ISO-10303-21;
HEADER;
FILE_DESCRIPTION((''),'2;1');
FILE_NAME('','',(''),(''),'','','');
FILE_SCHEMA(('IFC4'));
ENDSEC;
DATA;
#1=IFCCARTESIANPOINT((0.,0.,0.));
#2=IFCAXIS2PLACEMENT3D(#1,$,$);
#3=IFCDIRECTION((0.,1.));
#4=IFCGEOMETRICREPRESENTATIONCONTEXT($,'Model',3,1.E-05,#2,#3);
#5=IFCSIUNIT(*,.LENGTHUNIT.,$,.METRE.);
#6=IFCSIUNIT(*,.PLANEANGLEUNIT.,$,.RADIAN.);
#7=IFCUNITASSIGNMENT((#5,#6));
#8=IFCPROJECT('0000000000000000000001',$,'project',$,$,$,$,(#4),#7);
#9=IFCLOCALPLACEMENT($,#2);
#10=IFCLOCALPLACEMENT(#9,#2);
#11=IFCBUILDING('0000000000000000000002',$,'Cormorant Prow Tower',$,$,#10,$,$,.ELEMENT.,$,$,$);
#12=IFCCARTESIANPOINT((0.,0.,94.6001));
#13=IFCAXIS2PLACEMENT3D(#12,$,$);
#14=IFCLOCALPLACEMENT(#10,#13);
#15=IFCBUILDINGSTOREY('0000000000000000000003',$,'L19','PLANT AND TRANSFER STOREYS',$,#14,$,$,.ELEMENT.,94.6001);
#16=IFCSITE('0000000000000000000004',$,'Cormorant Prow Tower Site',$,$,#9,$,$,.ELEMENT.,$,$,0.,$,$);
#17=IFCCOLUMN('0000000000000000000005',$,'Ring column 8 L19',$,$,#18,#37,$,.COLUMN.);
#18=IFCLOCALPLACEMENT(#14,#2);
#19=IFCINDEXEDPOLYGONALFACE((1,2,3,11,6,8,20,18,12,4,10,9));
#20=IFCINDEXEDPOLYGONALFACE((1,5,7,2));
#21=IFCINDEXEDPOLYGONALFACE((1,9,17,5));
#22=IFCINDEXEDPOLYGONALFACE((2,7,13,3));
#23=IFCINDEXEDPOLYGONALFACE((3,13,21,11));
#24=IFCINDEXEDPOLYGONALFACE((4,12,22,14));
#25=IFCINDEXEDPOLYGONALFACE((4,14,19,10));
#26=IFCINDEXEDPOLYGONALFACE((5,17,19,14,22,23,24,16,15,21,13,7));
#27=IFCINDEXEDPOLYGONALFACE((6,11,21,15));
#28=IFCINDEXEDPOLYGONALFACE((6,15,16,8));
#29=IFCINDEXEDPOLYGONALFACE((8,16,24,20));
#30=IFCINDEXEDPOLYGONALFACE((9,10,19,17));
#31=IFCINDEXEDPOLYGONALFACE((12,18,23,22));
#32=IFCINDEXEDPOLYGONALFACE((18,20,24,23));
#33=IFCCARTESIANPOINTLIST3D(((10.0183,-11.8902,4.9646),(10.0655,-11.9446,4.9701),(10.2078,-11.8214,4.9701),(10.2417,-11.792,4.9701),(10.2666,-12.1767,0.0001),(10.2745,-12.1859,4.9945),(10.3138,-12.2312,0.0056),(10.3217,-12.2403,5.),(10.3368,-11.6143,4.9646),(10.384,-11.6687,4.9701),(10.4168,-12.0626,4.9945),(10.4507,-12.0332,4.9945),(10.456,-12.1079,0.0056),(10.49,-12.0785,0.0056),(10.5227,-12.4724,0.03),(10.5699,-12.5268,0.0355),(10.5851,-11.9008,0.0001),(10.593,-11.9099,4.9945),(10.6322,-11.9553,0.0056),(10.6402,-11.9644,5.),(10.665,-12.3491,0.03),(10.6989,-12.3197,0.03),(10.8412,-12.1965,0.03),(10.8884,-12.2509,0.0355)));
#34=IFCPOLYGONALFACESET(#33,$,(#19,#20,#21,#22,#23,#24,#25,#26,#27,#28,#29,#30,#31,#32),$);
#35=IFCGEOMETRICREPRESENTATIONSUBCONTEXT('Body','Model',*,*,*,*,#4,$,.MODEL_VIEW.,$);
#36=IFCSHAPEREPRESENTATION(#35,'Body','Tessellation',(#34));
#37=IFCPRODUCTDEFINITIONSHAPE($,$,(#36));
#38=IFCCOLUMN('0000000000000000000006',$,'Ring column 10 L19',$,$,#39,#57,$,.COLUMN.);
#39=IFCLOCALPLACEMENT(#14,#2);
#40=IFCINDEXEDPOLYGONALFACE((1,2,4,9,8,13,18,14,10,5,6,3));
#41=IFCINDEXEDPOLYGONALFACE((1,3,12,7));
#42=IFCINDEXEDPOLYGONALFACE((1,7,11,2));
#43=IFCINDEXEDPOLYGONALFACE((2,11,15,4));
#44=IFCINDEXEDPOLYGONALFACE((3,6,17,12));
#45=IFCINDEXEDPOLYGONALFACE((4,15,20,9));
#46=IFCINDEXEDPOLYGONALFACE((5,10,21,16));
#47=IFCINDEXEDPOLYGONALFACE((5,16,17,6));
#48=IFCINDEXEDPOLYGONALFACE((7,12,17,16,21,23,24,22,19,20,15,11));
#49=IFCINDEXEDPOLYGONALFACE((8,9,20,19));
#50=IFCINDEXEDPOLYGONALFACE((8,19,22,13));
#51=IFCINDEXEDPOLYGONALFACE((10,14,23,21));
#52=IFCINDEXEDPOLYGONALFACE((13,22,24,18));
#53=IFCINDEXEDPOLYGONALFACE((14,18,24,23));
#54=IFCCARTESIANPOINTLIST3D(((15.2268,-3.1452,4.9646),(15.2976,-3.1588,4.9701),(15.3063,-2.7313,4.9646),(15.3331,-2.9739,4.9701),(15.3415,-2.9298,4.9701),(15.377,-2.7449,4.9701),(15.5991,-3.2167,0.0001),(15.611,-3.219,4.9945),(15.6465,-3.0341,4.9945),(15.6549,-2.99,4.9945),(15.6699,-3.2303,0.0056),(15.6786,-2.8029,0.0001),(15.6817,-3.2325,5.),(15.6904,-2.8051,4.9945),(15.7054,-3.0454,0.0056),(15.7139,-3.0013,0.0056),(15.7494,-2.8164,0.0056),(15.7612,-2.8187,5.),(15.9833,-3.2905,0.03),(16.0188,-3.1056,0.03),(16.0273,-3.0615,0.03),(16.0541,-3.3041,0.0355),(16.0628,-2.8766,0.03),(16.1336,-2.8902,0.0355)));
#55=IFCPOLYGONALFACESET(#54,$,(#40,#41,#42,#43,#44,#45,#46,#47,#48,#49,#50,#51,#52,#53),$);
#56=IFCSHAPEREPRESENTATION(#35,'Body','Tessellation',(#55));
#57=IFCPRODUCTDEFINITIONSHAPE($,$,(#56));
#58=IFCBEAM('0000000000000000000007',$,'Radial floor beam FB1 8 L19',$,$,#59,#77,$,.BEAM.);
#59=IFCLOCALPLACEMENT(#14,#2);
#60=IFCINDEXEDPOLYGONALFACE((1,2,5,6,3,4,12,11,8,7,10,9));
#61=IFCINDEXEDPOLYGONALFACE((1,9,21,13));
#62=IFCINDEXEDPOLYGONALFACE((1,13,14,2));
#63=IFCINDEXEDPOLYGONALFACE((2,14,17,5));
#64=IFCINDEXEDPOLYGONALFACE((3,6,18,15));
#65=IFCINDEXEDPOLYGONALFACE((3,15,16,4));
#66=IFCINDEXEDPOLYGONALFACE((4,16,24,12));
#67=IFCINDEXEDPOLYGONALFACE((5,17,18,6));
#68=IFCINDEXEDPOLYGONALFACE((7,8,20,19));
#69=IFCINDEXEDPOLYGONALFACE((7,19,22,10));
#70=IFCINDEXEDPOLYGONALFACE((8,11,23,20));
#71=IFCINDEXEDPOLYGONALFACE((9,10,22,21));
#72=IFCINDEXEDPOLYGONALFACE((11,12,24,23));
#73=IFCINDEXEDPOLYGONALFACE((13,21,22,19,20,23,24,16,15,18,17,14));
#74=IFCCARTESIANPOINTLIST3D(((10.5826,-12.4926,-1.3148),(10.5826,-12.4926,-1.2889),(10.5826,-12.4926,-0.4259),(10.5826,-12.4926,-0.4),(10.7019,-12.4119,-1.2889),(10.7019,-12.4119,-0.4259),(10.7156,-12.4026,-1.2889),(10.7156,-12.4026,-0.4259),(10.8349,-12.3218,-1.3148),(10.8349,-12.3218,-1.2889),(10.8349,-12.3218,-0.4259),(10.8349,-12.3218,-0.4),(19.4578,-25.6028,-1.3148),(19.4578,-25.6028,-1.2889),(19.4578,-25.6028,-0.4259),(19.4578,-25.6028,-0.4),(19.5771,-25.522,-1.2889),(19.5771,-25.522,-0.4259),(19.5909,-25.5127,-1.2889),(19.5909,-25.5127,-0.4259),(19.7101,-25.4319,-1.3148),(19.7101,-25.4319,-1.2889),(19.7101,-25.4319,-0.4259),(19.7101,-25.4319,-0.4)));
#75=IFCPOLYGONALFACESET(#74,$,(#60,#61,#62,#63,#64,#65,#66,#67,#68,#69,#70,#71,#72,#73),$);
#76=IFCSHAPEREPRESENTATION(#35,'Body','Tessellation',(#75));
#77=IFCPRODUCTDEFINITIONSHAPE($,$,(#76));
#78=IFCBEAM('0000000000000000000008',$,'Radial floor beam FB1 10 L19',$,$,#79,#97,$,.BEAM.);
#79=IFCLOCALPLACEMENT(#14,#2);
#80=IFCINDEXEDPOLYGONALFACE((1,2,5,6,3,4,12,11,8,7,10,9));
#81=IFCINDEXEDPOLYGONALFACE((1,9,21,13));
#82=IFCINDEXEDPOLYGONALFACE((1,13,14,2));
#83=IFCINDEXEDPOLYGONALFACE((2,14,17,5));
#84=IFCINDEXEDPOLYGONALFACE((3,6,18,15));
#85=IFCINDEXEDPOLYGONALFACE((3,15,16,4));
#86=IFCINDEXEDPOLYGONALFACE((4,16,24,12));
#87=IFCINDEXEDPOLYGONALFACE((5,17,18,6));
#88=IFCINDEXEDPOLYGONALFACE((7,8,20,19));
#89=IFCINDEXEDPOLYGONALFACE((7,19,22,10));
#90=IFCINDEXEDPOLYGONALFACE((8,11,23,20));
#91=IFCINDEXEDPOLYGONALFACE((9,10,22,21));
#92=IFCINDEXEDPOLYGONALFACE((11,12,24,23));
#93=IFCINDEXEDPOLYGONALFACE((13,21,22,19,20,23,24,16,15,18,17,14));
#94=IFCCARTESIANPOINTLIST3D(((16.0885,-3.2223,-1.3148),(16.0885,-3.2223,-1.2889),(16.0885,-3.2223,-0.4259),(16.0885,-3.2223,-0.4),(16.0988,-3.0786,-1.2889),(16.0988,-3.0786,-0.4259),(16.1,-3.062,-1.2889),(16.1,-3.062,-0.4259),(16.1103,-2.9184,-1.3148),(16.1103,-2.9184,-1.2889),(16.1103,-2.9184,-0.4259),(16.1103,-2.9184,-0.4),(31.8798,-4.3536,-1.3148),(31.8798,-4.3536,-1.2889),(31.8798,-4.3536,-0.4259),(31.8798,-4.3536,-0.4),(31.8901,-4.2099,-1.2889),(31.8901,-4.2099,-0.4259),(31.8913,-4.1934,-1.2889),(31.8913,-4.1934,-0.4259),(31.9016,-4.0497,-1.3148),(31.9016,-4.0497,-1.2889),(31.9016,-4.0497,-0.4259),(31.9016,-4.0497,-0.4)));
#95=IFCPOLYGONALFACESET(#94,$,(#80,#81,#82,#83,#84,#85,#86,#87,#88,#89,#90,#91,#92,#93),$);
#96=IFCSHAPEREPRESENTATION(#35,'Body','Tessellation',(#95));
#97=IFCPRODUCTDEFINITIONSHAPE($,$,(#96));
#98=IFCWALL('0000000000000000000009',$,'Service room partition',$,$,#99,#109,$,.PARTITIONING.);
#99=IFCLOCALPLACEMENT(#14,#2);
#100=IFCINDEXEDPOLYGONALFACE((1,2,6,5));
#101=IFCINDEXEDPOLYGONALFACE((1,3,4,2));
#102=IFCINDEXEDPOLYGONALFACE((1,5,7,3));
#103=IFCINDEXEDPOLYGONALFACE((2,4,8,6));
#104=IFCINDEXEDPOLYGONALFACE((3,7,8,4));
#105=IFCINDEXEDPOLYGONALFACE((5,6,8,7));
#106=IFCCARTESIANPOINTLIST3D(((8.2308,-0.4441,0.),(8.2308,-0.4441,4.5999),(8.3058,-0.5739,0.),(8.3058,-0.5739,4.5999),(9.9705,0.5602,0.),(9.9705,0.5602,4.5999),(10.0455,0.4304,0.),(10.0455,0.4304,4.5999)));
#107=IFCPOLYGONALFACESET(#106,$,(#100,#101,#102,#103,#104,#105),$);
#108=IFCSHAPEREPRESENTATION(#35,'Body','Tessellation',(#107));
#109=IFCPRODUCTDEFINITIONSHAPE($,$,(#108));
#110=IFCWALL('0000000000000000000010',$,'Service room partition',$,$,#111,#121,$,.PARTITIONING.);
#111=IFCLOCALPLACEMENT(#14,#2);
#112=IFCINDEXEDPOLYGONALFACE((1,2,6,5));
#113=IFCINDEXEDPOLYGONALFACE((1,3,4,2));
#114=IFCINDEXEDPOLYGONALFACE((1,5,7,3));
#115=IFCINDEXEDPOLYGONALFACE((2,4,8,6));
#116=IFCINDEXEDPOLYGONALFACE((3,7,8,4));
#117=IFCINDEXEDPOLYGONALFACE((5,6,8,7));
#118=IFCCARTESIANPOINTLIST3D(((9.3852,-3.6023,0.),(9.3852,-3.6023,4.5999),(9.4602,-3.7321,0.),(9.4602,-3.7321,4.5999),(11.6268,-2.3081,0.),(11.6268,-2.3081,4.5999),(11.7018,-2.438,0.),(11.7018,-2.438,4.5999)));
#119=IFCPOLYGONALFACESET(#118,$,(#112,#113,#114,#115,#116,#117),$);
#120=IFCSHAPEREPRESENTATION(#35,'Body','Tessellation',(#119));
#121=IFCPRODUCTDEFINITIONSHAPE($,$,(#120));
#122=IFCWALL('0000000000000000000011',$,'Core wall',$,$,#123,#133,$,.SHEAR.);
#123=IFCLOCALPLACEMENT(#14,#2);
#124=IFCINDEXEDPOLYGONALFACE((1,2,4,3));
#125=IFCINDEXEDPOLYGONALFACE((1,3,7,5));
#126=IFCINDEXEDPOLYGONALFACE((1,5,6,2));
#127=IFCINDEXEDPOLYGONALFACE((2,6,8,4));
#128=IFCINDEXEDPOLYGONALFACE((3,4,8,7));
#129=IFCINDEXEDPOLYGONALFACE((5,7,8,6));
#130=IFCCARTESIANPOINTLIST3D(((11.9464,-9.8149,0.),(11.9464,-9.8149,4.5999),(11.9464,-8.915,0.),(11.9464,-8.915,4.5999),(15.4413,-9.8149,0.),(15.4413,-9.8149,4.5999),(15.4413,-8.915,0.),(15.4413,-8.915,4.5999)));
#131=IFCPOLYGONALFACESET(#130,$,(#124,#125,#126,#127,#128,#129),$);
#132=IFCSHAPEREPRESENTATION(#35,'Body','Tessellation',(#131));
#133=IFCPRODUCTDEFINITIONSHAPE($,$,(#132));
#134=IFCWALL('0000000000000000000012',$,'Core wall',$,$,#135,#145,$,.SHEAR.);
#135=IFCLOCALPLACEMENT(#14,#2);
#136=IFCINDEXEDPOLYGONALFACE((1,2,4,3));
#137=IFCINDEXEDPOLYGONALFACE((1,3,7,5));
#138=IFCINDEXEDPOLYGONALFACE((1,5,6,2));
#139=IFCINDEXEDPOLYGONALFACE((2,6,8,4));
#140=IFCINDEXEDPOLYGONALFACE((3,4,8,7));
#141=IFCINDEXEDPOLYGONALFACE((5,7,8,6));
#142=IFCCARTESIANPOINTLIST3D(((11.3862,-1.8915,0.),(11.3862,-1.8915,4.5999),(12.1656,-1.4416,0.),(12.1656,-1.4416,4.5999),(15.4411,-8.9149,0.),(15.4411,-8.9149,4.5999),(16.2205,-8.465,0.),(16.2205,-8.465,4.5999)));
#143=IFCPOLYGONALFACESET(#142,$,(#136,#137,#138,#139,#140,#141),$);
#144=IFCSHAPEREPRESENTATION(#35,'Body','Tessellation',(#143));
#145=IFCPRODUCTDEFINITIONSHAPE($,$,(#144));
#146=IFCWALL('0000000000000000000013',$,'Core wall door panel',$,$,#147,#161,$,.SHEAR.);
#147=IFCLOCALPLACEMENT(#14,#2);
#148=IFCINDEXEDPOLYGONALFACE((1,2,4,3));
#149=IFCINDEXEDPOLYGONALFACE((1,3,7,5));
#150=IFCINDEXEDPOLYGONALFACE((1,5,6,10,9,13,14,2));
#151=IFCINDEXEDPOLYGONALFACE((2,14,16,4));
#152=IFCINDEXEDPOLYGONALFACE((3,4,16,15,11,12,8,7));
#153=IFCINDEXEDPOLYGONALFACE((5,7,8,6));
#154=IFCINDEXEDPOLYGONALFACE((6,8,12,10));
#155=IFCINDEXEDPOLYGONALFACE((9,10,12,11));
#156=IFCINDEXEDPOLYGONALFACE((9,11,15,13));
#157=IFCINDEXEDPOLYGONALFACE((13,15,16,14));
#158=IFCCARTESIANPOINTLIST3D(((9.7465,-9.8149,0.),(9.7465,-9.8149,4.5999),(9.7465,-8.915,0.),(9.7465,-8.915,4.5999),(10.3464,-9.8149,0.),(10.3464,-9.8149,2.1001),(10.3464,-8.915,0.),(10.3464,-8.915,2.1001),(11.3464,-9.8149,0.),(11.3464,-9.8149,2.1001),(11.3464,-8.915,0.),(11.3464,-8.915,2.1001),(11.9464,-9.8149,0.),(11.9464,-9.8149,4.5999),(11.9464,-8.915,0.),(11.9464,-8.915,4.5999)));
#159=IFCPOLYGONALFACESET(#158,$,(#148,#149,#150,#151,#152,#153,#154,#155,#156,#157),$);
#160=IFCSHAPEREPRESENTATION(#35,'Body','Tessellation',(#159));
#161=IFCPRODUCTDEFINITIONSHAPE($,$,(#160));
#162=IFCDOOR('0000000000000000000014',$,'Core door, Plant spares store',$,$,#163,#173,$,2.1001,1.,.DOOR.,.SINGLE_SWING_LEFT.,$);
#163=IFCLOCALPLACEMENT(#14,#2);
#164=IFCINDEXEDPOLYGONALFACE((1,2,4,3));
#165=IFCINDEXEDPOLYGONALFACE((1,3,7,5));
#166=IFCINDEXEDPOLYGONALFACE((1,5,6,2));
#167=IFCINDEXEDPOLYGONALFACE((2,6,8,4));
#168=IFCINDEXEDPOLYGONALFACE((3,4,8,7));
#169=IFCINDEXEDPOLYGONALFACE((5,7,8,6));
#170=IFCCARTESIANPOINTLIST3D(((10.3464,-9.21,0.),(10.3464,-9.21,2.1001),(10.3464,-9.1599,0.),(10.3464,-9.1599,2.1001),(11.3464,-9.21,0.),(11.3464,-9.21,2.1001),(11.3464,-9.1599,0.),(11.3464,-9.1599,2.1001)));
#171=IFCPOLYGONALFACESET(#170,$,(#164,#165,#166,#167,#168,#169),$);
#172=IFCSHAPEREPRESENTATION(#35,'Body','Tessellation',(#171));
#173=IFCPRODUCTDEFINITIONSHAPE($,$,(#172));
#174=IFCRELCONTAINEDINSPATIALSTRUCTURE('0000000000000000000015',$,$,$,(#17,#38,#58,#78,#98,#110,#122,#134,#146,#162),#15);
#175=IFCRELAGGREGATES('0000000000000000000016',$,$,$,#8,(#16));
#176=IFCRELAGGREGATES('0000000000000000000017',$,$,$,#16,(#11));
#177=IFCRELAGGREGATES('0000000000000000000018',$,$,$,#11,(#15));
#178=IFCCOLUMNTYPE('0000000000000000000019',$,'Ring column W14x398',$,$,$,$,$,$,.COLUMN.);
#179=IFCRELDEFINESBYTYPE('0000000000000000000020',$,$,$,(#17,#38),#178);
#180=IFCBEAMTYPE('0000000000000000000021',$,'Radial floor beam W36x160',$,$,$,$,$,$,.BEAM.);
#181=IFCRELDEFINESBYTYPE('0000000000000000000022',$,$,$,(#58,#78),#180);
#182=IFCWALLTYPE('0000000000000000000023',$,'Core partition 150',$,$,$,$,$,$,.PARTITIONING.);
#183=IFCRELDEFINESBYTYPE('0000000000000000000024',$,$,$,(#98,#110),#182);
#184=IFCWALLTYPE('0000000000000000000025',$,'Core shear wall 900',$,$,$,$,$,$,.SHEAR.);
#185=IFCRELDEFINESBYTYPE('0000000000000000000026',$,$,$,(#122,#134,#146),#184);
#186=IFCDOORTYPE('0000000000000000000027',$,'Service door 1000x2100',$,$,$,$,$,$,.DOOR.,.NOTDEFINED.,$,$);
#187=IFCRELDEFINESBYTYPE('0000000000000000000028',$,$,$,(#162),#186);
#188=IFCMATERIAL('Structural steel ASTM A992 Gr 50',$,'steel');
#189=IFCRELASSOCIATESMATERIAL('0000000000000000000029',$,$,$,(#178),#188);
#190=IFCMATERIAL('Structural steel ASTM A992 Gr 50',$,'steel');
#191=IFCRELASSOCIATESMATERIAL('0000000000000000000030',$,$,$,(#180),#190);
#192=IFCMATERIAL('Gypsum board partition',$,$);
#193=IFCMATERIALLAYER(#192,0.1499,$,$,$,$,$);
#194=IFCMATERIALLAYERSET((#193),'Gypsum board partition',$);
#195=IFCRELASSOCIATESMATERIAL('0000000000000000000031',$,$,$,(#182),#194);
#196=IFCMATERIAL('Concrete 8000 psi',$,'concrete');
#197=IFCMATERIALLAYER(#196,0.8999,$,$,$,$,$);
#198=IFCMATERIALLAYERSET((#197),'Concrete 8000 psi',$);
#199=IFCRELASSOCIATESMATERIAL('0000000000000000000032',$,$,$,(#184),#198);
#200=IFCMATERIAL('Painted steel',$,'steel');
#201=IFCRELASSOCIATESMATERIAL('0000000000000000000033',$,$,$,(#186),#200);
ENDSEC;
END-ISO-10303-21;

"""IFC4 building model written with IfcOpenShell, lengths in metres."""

from ifc_helpers import new_model, si_unit, direction, frame, frame_2d, origin, origin_2d, place, context, subcontext, project, spatial, rectangle, i_section, extrude, material, layer, layer_set, material_profile, profile_set, type_object, element, fill, save


model = new_model("IFC4")

# Units and contexts
model_context = context("Model", 3, precision=1e-05, world=origin(), true_north=direction((0.0, 1.0)))
body_context = subcontext(model_context, "Body", "Model", "MODEL_VIEW")
ifc_project = project(units=[si_unit("LENGTHUNIT", "METRE"), si_unit("PLANEANGLEUNIT", "RADIAN")], contexts=[model_context])

# Site, building, storey
site_placement = place(None, origin())
site = spatial("IfcSite", under=ifc_project, at=site_placement, Name="Cormorant Prow Tower Site", CompositionType="ELEMENT", RefElevation=0.0)
building_placement = place(site_placement, origin())
building = spatial("IfcBuilding", under=site, at=building_placement, Name="Cormorant Prow Tower", CompositionType="ELEMENT")
storey_placement = place(building_placement, frame((0.0, 0.0, 94.6001)))
storey = spatial("IfcBuildingStorey", under=building, at=storey_placement, Name="L19", Description="PLANT AND TRANSFER STOREYS", CompositionType="ELEMENT", Elevation=94.6001)

# Columns
ifc_material_1 = material(Name="Structural steel ASTM A992 Gr 50", Category="steel")
ifc_material_profile_1 = material_profile(ifc_material_1, i_section(OverallWidth=0.4214, OverallDepth=0.4646, WebThickness=0.0449, FlangeThickness=0.0723, at=origin_2d()), Name="W14x398")
ifc_profile_set_1 = profile_set([ifc_material_profile_1], Name="Structural steel ASTM A992 Gr 50")
column_type = type_object("IfcColumnType", Name="Ring column W14x398", PredefinedType="COLUMN", material=ifc_profile_set_1)
for number, where, z_axis, x_axis, name in (
    (1, (10.5784, -12.2148, 0.0), (-0.049855, 0.057547, 0.997097), (-0.755816, -0.654784, 0.0), "Ring column 8 L19"),
    (2, (15.8677, -3.0537, 0.0), (-0.074782, 0.014362, 0.997096), (-0.18861, -0.982052, 0.0), "Ring column 10 L19"),
):
    element("IfcColumn", number, at=place(storey_placement, frame(where, z_axis=z_axis, x_axis=x_axis)), inside=storey, type_object=column_type, Name=name, PredefinedType="COLUMN", context=body_context, shape_type="SweptSolid", body=[
        extrude(i_section(OverallWidth=0.4214, OverallDepth=0.4646, WebThickness=0.0449, FlangeThickness=0.0723, at=origin_2d()), frame((0.0, 0.0, 0.0178)), (0.0, 0.0, 1.0), 4.979),
    ])

# Beams
ifc_material_2 = material(Name="Structural steel ASTM A992 Gr 50", Category="steel")
ifc_material_profile_2 = material_profile(ifc_material_2, i_section(OverallWidth=0.3047, OverallDepth=0.9148, WebThickness=0.0166, FlangeThickness=0.0259, at=origin_2d()), Name="W36x160")
ifc_profile_set_2 = profile_set([ifc_material_profile_2], Name="Structural steel ASTM A992 Gr 50")
beam_type = type_object("IfcBeamType", Name="Radial floor beam W36x160", PredefinedType="BEAM", material=ifc_profile_set_2)
for number, where, z_axis, x_axis, name in (
    (3, (10.7087, -12.4072, -0.8574), (0.560597, -0.828089, 0.0), (0.828089, 0.560597, 0.0), "Radial floor beam FB1 8 L19"),
    (4, (16.0994, -3.0703, -0.8574), (0.997443, -0.071461, 0.0), (0.071461, 0.997443, 0.0), "Radial floor beam FB1 10 L19"),
):
    element("IfcBeam", number, at=place(storey_placement, frame(where, z_axis=z_axis, x_axis=x_axis)), inside=storey, type_object=beam_type, Name=name, PredefinedType="BEAM", context=body_context, shape_type="SweptSolid", body=[
        extrude(i_section(OverallWidth=0.3047, OverallDepth=0.9148, WebThickness=0.0166, FlangeThickness=0.0259, at=origin_2d()), origin(), (0.0, 0.0, 1.0), 15.8318),
    ])

# Walls
ifc_material_3 = material(Name="Gypsum board partition")
ifc_layer_1 = layer(ifc_material_3, 0.1499)
ifc_layer_set_1 = layer_set([ifc_layer_1], Name="Gypsum board partition")
wall_type_1 = type_object("IfcWallType", Name="Core partition 150", PredefinedType="PARTITIONING", material=ifc_layer_set_1)
wall_1_placement = place(storey_placement, frame((8.2683, -0.509, 0.0), z_axis=(0.0, 0.0, 1.0), x_axis=(0.866036, 0.499982, 0.0)))
element("IfcWall", 5, at=wall_1_placement, inside=storey, type_object=wall_type_1, Name="Service room partition", PredefinedType="PARTITIONING", context=body_context, shape_type="SweptSolid", body=[
    extrude(rectangle(XDim=2.0088, YDim=0.1499, at=frame_2d((1.0044, 0.0))), origin(), (0.0, 0.0, 1.0), 4.5999),
])
wall_2_placement = place(storey_placement, frame((11.6643, -2.373, 0.0), z_axis=(0.0, 0.0, 1.0), x_axis=(-0.866035, -0.499984, 0.0)))
element("IfcWall", 6, at=wall_2_placement, inside=storey, type_object=wall_type_1, Name="Service room partition", PredefinedType="PARTITIONING", context=body_context, shape_type="SweptSolid", body=[
    extrude(rectangle(XDim=2.5884, YDim=0.1499, at=frame_2d((1.2942, 0.0))), origin(), (0.0, 0.0, 1.0), 4.5999),
])
ifc_material_4 = material(Name="Concrete 8000 psi", Category="concrete")
ifc_layer_2 = layer(ifc_material_4, 0.8999)
ifc_layer_set_2 = layer_set([ifc_layer_2], Name="Concrete 8000 psi")
wall_type_2 = type_object("IfcWallType", Name="Core shear wall 900", PredefinedType="SHEAR", material=ifc_layer_set_2)
wall_3_placement = place(storey_placement, frame((11.9463, -9.365, 0.0), z_axis=(0.0, 0.0, 1.0), x_axis=(1.0, 0.0, 0.0)))
element("IfcWall", 7, at=wall_3_placement, inside=storey, type_object=wall_type_2, Name="Core wall", PredefinedType="SHEAR", context=body_context, shape_type="SweptSolid", body=[
    extrude(rectangle(XDim=3.4949, YDim=0.8999, at=frame_2d((1.7476, 0.0))), origin(), (0.0, 0.0, 1.0), 4.5999),
])
wall_4_placement = place(storey_placement, frame((15.8308, -8.6899, 0.0), z_axis=(0.0, 0.0, 1.0), x_axis=(-0.499995, 0.866028, 0.0)))
element("IfcWall", 8, at=wall_4_placement, inside=storey, type_object=wall_type_2, Name="Core wall", PredefinedType="SHEAR", context=body_context, shape_type="SweptSolid", body=[
    extrude(rectangle(XDim=8.1099, YDim=0.8999, at=frame_2d((4.0549, 0.0))), origin(), (0.0, 0.0, 1.0), 4.5999),
])

# Wall, opening, door
wall_5_placement = place(storey_placement, frame((9.7463, -9.365, 0.0), z_axis=(0.0, 0.0, 1.0), x_axis=(1.0, 0.0, 0.0)))
wall_5 = element("IfcWall", 9, at=wall_5_placement, inside=storey, type_object=wall_type_2, Name="Core wall door panel", PredefinedType="SHEAR", context=body_context, shape_type="SweptSolid", body=[
    extrude(rectangle(XDim=2.2, YDim=0.8999, at=frame_2d((1.1001, 0.0))), origin(), (0.0, 0.0, 1.0), 4.5999),
])
opening_1_placement = place(wall_5_placement, frame((0.6001, 0.0, 0.0)))
opening_1 = element("IfcOpeningElement", 10, at=opening_1_placement, cuts=wall_5, PredefinedType="OPENING", context=body_context, shape_type="SweptSolid", body=[
    extrude(rectangle(XDim=1.0, YDim=2.1001, at=frame_2d((0.5, 1.05))), frame((0.0, 0.46, 0.0), z_axis=(0.0, -1.0, 0.0), x_axis=(1.0, 0.0, 0.0)), (0.0, 0.0, 1.0), 0.9199),
])
ifc_material_5 = material(Name="Painted steel", Category="steel")
door_type = type_object("IfcDoorType", Name="Service door 1000x2100", OperationType="NOTDEFINED", PredefinedType="DOOR", material=ifc_material_5)
door_1_placement = place(opening_1_placement, origin())
door_1 = element("IfcDoor", 11, at=door_1_placement, inside=storey, type_object=door_type, Name="Core door, Plant spares store", OperationType="SINGLE_SWING_LEFT", OverallHeight=2.1001, OverallWidth=1.0, PredefinedType="DOOR", context=body_context, shape_type="SweptSolid", body=[
    extrude(rectangle(XDim=1.0, YDim=2.1001, at=frame_2d((0.5, 1.05))), frame((0.0, 0.2051, 0.0), z_axis=(0.0, -1.0, 0.0), x_axis=(1.0, 0.0, 0.0)), (0.0, 0.0, 1.0), 0.05),
])
fill(opening_1, door_1)

save(model, "model.ifc")
